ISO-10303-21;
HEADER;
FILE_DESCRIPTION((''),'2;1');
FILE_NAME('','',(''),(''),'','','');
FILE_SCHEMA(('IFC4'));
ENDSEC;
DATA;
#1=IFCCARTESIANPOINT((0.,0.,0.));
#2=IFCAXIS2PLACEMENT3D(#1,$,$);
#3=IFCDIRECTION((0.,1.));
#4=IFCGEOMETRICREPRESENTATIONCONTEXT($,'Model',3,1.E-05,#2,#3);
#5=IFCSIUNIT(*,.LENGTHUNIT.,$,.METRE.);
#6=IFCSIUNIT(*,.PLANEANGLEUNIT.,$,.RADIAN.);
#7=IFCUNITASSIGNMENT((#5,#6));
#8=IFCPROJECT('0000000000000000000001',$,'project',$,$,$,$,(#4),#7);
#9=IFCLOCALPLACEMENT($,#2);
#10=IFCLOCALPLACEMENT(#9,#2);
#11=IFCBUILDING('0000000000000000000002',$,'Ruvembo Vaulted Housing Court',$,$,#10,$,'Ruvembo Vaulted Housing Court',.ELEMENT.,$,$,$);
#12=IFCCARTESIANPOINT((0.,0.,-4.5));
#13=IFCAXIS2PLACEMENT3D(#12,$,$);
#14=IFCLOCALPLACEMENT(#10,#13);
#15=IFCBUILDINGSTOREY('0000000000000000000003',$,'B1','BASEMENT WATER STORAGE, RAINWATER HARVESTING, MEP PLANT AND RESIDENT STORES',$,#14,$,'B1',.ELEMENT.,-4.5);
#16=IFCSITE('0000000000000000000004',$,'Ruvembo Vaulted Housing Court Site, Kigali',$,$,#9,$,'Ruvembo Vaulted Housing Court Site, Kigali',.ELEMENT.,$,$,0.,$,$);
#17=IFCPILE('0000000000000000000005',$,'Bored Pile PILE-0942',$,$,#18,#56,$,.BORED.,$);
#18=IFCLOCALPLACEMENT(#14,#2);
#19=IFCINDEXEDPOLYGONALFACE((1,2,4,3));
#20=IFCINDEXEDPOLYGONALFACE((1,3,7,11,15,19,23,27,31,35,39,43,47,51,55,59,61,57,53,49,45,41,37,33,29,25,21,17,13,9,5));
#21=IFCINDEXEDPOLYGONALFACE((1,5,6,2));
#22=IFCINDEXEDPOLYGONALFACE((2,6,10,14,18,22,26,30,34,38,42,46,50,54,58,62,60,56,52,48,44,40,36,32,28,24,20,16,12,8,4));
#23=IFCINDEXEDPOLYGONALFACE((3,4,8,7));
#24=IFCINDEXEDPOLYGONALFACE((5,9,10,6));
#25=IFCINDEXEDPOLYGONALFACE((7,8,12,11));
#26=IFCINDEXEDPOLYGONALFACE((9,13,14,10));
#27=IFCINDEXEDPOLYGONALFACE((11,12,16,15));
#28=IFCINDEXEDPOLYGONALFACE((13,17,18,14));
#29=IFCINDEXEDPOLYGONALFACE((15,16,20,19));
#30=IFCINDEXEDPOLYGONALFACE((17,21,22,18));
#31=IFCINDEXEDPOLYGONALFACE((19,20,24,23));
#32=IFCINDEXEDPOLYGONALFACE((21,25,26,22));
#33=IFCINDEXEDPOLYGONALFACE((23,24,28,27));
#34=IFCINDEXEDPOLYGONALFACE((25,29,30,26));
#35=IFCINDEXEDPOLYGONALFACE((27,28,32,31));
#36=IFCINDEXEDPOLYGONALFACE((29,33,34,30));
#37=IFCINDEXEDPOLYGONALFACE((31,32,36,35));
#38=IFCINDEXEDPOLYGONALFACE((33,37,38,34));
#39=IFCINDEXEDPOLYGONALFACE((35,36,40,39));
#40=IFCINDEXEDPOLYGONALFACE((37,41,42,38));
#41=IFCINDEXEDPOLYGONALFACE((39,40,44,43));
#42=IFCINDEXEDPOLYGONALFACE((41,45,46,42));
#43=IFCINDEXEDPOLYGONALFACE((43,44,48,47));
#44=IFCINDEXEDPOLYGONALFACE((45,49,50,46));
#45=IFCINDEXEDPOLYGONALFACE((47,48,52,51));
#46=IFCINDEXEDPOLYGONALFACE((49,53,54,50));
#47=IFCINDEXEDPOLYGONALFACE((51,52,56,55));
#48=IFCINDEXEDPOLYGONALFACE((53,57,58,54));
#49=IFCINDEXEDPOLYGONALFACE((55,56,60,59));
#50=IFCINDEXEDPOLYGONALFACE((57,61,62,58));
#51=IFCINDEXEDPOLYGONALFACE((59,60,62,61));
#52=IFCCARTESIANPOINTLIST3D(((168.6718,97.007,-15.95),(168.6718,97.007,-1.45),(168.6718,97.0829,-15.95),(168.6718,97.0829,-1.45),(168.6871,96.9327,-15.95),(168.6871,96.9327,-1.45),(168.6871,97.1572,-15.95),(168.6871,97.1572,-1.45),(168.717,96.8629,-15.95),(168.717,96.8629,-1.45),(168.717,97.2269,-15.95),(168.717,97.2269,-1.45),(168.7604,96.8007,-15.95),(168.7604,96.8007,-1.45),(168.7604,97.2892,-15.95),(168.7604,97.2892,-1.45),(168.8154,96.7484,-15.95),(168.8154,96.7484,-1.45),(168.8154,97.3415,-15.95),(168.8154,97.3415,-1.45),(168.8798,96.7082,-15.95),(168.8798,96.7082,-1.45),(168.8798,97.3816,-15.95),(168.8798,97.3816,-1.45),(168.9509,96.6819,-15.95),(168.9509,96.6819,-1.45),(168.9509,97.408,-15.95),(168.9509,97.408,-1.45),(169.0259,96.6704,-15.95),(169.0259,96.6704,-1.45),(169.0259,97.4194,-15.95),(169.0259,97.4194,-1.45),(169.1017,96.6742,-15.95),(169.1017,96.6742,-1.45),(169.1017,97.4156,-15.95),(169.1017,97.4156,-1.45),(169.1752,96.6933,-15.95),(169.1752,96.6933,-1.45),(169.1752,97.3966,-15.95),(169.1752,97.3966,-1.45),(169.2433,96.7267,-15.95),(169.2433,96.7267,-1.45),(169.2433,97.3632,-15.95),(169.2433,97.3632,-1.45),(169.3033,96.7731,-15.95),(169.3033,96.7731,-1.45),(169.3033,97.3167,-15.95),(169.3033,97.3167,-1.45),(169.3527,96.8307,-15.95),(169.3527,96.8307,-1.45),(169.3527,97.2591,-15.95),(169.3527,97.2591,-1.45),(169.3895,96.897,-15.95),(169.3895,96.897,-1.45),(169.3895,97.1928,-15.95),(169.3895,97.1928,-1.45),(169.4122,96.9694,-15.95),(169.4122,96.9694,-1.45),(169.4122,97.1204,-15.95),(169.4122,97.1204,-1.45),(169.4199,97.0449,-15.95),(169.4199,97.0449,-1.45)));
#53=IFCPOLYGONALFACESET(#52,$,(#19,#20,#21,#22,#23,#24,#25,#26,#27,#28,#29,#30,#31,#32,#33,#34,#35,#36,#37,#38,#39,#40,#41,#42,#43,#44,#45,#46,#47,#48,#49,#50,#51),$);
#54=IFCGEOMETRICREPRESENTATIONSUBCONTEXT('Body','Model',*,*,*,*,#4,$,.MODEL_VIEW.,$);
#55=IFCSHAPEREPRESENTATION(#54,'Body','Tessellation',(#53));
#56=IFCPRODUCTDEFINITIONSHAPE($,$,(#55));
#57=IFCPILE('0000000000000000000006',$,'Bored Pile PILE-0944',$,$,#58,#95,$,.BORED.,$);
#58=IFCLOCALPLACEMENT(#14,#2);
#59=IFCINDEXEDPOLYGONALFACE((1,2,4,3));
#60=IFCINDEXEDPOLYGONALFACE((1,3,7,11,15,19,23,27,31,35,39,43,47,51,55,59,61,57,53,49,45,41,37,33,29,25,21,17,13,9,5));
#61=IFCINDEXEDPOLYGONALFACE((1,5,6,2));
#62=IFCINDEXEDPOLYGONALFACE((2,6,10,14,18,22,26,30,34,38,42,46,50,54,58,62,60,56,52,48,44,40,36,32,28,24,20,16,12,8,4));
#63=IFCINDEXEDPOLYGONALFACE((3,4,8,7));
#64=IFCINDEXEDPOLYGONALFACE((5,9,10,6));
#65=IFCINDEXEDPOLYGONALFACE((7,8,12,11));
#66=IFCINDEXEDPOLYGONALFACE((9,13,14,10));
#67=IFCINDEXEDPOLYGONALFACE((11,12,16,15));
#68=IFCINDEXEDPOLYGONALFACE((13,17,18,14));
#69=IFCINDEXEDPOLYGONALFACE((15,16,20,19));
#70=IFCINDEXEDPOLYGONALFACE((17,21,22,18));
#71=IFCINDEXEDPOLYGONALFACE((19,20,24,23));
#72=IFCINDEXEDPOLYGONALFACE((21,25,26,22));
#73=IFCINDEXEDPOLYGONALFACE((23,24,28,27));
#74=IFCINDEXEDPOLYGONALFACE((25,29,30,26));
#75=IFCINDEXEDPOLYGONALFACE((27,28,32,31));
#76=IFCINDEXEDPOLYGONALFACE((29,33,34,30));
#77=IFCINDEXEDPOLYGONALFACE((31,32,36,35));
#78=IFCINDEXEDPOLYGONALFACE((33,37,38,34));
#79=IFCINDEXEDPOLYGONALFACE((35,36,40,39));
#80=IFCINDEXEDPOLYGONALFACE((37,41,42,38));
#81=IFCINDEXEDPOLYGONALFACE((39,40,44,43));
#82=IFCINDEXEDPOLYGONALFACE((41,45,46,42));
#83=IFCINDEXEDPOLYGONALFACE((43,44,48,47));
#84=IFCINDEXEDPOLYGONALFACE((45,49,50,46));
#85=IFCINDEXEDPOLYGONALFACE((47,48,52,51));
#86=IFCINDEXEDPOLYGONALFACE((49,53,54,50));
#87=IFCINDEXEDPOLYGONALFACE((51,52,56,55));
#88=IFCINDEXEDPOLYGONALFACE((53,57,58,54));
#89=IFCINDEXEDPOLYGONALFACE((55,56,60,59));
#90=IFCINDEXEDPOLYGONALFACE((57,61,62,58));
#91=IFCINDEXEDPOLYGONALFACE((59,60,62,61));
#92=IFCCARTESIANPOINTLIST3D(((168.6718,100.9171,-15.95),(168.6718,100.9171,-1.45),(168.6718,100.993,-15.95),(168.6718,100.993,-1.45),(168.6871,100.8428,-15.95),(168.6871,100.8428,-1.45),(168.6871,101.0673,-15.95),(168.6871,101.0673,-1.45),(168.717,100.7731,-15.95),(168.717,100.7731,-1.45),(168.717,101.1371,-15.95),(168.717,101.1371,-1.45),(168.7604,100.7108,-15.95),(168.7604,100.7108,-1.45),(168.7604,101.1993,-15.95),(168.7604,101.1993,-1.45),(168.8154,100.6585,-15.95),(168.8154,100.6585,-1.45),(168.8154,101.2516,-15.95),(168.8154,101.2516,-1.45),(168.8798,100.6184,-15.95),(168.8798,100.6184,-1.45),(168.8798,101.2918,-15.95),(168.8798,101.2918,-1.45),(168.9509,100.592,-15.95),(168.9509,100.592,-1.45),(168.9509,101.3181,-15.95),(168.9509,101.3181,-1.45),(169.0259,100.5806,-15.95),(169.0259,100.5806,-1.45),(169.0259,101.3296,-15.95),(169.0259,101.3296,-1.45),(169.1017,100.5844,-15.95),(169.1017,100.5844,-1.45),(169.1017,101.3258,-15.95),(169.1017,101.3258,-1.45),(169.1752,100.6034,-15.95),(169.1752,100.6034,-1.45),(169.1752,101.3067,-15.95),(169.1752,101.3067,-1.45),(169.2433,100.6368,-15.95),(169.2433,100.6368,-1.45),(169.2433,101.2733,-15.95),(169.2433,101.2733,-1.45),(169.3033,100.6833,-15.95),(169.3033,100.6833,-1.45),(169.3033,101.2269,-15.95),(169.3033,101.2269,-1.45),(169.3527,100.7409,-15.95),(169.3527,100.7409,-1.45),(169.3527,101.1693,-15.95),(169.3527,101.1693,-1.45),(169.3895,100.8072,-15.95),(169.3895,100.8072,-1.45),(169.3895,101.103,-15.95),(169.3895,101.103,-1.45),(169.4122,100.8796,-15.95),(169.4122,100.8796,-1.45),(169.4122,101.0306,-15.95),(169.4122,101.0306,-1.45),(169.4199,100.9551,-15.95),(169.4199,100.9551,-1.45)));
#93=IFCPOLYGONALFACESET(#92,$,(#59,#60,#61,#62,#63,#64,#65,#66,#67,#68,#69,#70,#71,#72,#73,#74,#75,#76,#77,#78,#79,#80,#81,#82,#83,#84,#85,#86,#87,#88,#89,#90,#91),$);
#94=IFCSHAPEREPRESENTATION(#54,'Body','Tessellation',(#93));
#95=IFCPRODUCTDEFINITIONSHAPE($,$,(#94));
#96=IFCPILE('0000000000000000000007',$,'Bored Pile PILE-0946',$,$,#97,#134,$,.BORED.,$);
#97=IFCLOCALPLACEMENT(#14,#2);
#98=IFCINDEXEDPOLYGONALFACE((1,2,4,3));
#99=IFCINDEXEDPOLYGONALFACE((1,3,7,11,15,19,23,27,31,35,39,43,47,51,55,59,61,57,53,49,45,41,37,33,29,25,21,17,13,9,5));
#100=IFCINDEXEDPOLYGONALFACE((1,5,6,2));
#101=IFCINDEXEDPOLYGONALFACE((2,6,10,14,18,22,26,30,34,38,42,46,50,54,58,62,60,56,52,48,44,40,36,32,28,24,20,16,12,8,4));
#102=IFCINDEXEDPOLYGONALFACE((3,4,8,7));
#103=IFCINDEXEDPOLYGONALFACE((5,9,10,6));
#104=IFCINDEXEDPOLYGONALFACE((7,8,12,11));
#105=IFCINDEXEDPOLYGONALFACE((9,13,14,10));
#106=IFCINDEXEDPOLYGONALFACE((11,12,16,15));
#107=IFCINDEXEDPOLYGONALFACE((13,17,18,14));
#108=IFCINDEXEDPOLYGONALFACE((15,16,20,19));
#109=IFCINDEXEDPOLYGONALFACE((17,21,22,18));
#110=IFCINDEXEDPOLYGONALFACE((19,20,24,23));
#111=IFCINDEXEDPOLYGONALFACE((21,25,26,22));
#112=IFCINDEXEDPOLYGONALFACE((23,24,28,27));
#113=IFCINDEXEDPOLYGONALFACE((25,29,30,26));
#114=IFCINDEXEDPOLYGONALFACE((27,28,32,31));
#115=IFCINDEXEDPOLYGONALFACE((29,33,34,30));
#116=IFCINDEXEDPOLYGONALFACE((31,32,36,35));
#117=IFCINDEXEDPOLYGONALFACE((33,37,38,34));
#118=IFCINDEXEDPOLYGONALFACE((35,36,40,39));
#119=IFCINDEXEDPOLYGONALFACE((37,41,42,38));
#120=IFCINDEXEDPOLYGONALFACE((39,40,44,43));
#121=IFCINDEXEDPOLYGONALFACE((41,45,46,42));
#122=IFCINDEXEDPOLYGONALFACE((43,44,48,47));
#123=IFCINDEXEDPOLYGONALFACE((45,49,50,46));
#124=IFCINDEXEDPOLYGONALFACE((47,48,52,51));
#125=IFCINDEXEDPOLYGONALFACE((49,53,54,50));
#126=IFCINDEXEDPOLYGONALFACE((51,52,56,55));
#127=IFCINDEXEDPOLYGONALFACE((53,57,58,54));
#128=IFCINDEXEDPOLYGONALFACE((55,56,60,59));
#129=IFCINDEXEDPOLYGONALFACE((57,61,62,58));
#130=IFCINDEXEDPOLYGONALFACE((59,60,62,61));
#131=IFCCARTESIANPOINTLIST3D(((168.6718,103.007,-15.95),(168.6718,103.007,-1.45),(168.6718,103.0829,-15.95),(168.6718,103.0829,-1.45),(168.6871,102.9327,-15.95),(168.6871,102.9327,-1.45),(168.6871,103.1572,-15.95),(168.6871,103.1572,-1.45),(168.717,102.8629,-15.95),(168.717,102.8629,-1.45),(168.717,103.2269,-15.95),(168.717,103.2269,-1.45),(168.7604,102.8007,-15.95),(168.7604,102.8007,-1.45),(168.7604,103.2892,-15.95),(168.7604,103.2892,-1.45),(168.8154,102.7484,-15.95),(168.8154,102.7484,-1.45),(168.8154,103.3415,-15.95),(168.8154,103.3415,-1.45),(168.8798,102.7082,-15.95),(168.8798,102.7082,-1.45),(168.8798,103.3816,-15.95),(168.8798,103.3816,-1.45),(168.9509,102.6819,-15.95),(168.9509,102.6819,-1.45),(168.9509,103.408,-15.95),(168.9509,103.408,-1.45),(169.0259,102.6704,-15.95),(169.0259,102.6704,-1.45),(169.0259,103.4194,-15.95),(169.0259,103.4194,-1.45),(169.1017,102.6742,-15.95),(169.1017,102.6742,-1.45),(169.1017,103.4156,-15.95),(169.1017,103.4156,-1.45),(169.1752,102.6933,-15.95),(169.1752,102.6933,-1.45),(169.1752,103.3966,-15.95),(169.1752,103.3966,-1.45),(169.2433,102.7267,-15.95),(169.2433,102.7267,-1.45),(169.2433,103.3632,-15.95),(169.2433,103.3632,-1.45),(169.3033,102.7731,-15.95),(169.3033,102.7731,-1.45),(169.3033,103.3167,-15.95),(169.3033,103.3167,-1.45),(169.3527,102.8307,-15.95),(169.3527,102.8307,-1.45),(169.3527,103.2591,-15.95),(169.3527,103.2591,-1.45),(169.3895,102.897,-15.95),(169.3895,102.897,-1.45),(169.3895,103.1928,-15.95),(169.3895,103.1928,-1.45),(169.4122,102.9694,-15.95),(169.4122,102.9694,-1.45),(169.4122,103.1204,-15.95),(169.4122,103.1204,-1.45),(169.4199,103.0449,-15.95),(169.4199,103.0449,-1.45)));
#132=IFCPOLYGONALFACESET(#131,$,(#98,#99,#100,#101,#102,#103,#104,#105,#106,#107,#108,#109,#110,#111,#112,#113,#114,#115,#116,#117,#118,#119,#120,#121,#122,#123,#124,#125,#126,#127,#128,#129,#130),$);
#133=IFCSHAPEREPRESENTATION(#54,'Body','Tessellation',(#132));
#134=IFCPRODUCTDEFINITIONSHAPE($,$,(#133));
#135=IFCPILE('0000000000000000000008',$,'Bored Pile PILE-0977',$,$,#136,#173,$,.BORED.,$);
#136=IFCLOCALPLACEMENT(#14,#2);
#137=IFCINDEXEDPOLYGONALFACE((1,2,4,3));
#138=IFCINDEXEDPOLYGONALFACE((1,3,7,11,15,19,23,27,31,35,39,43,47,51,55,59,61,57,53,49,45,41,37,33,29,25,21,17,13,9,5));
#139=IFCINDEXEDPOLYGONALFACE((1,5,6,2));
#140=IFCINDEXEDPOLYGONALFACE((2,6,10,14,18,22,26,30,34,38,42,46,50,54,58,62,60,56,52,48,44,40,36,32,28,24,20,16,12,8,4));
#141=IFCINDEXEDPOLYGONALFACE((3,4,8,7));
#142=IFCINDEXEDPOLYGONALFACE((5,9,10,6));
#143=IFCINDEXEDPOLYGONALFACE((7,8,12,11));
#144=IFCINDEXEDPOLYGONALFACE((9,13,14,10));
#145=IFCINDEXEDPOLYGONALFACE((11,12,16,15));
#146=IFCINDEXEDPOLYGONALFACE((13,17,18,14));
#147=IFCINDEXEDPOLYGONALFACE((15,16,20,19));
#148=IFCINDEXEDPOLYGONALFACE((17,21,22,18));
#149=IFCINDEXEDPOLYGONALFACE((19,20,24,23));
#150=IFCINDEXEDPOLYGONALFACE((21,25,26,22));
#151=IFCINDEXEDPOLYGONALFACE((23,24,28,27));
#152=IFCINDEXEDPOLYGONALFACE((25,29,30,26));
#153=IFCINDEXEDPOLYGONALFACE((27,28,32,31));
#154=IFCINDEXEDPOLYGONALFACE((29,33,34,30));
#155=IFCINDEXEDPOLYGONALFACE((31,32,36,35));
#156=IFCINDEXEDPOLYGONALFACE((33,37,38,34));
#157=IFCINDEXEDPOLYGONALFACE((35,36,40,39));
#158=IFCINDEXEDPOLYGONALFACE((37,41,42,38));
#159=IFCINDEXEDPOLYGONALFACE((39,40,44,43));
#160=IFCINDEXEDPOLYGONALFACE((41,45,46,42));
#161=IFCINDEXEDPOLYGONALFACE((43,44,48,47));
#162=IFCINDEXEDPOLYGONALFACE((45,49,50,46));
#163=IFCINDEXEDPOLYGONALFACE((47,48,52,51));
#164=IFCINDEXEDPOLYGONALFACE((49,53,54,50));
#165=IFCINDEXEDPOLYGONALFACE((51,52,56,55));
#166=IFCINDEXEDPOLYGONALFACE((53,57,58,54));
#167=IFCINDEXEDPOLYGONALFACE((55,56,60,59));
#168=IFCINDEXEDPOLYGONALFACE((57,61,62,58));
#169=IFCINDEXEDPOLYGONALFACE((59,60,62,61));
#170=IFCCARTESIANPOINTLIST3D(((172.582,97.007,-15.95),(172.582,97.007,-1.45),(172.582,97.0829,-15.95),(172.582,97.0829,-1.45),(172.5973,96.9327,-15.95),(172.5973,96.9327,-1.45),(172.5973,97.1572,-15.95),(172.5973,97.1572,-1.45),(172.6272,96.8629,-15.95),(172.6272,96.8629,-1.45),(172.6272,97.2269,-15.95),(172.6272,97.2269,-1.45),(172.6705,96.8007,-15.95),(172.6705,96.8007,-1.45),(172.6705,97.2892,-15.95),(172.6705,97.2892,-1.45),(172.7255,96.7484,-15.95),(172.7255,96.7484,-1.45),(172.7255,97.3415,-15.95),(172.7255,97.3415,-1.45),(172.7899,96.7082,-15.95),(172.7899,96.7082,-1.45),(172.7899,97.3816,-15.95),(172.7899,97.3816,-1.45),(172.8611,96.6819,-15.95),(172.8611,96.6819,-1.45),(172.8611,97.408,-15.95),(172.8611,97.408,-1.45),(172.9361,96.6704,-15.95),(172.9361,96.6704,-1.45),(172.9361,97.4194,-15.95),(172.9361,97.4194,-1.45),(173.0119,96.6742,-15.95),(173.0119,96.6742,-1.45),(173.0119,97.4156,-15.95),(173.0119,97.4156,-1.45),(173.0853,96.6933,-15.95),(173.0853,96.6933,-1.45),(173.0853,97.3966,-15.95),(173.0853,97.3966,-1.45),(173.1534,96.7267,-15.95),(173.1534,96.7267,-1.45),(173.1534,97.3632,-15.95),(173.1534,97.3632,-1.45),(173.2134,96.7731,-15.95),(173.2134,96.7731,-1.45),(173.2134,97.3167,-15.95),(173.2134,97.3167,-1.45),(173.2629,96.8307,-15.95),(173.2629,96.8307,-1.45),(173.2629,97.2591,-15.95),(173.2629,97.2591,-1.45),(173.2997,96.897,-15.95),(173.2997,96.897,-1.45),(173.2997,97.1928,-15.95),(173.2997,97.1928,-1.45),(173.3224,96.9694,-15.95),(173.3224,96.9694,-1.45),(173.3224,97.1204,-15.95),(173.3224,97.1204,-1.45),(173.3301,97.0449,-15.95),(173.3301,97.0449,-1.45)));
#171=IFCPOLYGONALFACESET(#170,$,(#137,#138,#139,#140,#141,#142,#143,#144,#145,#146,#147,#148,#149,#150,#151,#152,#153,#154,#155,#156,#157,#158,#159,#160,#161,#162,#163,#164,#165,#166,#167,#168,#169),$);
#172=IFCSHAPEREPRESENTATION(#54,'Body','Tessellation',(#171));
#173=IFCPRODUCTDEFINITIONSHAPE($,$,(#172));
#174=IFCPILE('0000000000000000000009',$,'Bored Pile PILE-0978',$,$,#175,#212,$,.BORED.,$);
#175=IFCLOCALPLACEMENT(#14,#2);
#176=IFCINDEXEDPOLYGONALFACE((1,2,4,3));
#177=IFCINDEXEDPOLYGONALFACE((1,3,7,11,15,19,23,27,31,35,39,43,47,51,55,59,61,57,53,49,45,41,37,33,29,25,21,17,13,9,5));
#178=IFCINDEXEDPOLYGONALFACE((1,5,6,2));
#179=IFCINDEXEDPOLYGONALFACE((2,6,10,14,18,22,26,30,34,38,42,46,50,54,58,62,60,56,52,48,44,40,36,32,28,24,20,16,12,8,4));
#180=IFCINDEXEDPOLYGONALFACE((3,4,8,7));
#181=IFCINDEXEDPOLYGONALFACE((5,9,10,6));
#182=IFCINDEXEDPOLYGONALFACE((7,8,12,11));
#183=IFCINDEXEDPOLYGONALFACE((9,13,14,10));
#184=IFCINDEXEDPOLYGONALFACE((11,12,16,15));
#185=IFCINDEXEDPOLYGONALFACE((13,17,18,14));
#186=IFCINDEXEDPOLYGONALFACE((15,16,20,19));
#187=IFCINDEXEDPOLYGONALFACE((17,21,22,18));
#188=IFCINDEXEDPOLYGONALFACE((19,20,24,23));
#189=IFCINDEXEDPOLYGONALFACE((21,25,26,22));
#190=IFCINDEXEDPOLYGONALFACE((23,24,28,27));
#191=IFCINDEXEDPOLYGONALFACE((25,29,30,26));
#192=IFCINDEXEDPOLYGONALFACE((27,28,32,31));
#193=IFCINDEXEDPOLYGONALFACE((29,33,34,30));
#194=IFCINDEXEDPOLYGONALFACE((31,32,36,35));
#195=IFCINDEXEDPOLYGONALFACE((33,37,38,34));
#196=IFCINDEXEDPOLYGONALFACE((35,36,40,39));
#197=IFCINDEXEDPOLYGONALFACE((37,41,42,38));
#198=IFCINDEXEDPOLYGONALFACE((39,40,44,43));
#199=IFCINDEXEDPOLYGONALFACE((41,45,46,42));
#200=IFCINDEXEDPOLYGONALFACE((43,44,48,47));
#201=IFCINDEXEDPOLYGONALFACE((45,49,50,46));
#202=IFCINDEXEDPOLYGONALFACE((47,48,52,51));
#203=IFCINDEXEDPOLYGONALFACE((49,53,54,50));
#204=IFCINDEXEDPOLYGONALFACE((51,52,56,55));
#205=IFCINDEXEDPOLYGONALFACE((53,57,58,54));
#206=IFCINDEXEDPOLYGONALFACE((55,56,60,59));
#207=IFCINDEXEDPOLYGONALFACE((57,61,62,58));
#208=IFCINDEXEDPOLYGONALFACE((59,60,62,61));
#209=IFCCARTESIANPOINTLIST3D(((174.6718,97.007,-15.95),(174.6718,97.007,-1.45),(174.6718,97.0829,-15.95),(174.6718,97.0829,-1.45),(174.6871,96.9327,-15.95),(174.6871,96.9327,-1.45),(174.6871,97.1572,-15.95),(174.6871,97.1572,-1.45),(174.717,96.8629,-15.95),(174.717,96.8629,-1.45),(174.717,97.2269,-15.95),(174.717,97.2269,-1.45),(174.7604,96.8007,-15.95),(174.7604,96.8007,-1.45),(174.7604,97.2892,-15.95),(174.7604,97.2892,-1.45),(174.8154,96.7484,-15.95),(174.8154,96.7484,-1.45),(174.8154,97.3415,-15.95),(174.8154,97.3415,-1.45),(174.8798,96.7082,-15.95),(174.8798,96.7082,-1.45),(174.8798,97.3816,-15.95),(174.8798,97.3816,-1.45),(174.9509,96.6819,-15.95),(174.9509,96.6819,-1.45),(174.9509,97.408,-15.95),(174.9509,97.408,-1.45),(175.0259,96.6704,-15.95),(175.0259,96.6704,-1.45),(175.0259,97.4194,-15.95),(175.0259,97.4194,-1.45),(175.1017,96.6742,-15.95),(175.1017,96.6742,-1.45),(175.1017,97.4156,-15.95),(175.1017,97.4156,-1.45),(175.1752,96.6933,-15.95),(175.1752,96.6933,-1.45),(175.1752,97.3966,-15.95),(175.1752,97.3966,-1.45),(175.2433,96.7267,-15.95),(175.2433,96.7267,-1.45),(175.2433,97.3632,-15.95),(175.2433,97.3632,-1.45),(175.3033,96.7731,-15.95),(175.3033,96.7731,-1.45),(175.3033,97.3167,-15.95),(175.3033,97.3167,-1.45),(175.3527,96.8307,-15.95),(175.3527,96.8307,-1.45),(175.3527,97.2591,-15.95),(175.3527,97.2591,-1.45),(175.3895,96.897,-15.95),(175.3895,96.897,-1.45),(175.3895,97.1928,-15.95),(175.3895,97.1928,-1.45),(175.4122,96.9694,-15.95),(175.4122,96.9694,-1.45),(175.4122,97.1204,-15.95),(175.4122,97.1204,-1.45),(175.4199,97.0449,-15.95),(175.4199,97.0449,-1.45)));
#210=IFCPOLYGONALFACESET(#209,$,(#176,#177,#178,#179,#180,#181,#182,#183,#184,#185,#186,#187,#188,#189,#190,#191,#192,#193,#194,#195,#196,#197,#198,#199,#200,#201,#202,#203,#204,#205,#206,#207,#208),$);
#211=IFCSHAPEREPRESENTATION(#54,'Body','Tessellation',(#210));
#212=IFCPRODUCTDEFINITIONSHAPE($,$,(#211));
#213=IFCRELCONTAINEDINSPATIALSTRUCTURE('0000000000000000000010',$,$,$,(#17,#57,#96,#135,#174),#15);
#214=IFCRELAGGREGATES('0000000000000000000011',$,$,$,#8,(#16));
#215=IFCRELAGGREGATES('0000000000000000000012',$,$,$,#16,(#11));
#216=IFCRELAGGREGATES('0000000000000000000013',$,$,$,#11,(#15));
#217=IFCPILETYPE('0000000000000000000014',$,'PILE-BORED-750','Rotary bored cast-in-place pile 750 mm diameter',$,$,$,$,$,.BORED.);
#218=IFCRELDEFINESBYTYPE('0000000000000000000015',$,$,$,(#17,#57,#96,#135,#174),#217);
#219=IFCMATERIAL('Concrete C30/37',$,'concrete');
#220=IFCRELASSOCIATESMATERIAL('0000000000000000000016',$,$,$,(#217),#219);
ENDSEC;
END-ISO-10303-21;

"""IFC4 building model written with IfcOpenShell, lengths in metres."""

from ifc_helpers import new_model, si_unit, direction, frame, origin, origin_2d, place, context, subcontext, project, spatial, circle, extrude, material, material_profile, profile_set, type_object, element, save


model = new_model("IFC4")

# Units and contexts
model_context = context("Model", 3, precision=1e-05, world=origin(), true_north=direction((0.0, 1.0)))
body_context = subcontext(model_context, "Body", "Model", "MODEL_VIEW")
ifc_project = project(units=[si_unit("LENGTHUNIT", "METRE"), si_unit("PLANEANGLEUNIT", "RADIAN")], contexts=[model_context])

# Site, building, storey
site_placement = place(None, origin())
site = spatial("IfcSite", under=ifc_project, at=site_placement, Name="Ruvembo Vaulted Housing Court Site, Kigali", LongName="Ruvembo Vaulted Housing Court Site, Kigali", CompositionType="ELEMENT", RefElevation=0.0)
building_placement = place(site_placement, origin())
building = spatial("IfcBuilding", under=site, at=building_placement, Name="Ruvembo Vaulted Housing Court", LongName="Ruvembo Vaulted Housing Court", CompositionType="ELEMENT")
storey_placement = place(building_placement, frame((0.0, 0.0, -4.5)))
storey = spatial("IfcBuildingStorey", under=building, at=storey_placement, Name="B1", Description="BASEMENT WATER STORAGE, RAINWATER HARVESTING, MEP PLANT AND RESIDENT STORES", LongName="B1", CompositionType="ELEMENT", Elevation=-4.5)

# Piles
ifc_material_1 = material(Name="Concrete C30/37", Category="concrete")
ifc_material_profile_1 = material_profile(ifc_material_1, circle(Radius=0.375, at=origin_2d()), Name="PILE D750")
ifc_profile_set_1 = profile_set([ifc_material_profile_1], Name="Concrete C30/37")
pile_type_1 = type_object("IfcPileType", Name="PILE-BORED-750", Description="Rotary bored cast-in-place pile 750 mm diameter", PredefinedType="BORED", material=ifc_profile_set_1)
for number, where, z_axis, x_axis, name in (
    (1, (169.0449, 97.0449, -1.45), (0.0, 0.0, -1.0), (1.0, 0.0, 0.0), "Bored Pile PILE-0942"),
    (2, (169.0449, 100.9551, -1.45), (0.0, 0.0, -1.0), (1.0, 0.0, 0.0), "Bored Pile PILE-0944"),
    (3, (169.0449, 103.0449, -1.45), (0.0, 0.0, -1.0), (1.0, 0.0, 0.0), "Bored Pile PILE-0946"),
    (4, (172.9551, 97.0449, -1.45), (0.0, 0.0, -1.0), (1.0, 0.0, 0.0), "Bored Pile PILE-0977"),
    (5, (175.0449, 97.0449, -1.45), (0.0, 0.0, -1.0), (1.0, 0.0, 0.0), "Bored Pile PILE-0978"),
):
    element("IfcPile", number, at=place(storey_placement, frame(where, z_axis=z_axis, x_axis=x_axis)), inside=storey, type_object=pile_type_1, Name=name, PredefinedType="BORED", context=body_context, shape_type="SweptSolid", body=[
        extrude(circle(Radius=0.375, at=origin_2d()), origin(), (0.0, 0.0, 1.0), 14.5),
    ])

save(model, "model.ifc")
